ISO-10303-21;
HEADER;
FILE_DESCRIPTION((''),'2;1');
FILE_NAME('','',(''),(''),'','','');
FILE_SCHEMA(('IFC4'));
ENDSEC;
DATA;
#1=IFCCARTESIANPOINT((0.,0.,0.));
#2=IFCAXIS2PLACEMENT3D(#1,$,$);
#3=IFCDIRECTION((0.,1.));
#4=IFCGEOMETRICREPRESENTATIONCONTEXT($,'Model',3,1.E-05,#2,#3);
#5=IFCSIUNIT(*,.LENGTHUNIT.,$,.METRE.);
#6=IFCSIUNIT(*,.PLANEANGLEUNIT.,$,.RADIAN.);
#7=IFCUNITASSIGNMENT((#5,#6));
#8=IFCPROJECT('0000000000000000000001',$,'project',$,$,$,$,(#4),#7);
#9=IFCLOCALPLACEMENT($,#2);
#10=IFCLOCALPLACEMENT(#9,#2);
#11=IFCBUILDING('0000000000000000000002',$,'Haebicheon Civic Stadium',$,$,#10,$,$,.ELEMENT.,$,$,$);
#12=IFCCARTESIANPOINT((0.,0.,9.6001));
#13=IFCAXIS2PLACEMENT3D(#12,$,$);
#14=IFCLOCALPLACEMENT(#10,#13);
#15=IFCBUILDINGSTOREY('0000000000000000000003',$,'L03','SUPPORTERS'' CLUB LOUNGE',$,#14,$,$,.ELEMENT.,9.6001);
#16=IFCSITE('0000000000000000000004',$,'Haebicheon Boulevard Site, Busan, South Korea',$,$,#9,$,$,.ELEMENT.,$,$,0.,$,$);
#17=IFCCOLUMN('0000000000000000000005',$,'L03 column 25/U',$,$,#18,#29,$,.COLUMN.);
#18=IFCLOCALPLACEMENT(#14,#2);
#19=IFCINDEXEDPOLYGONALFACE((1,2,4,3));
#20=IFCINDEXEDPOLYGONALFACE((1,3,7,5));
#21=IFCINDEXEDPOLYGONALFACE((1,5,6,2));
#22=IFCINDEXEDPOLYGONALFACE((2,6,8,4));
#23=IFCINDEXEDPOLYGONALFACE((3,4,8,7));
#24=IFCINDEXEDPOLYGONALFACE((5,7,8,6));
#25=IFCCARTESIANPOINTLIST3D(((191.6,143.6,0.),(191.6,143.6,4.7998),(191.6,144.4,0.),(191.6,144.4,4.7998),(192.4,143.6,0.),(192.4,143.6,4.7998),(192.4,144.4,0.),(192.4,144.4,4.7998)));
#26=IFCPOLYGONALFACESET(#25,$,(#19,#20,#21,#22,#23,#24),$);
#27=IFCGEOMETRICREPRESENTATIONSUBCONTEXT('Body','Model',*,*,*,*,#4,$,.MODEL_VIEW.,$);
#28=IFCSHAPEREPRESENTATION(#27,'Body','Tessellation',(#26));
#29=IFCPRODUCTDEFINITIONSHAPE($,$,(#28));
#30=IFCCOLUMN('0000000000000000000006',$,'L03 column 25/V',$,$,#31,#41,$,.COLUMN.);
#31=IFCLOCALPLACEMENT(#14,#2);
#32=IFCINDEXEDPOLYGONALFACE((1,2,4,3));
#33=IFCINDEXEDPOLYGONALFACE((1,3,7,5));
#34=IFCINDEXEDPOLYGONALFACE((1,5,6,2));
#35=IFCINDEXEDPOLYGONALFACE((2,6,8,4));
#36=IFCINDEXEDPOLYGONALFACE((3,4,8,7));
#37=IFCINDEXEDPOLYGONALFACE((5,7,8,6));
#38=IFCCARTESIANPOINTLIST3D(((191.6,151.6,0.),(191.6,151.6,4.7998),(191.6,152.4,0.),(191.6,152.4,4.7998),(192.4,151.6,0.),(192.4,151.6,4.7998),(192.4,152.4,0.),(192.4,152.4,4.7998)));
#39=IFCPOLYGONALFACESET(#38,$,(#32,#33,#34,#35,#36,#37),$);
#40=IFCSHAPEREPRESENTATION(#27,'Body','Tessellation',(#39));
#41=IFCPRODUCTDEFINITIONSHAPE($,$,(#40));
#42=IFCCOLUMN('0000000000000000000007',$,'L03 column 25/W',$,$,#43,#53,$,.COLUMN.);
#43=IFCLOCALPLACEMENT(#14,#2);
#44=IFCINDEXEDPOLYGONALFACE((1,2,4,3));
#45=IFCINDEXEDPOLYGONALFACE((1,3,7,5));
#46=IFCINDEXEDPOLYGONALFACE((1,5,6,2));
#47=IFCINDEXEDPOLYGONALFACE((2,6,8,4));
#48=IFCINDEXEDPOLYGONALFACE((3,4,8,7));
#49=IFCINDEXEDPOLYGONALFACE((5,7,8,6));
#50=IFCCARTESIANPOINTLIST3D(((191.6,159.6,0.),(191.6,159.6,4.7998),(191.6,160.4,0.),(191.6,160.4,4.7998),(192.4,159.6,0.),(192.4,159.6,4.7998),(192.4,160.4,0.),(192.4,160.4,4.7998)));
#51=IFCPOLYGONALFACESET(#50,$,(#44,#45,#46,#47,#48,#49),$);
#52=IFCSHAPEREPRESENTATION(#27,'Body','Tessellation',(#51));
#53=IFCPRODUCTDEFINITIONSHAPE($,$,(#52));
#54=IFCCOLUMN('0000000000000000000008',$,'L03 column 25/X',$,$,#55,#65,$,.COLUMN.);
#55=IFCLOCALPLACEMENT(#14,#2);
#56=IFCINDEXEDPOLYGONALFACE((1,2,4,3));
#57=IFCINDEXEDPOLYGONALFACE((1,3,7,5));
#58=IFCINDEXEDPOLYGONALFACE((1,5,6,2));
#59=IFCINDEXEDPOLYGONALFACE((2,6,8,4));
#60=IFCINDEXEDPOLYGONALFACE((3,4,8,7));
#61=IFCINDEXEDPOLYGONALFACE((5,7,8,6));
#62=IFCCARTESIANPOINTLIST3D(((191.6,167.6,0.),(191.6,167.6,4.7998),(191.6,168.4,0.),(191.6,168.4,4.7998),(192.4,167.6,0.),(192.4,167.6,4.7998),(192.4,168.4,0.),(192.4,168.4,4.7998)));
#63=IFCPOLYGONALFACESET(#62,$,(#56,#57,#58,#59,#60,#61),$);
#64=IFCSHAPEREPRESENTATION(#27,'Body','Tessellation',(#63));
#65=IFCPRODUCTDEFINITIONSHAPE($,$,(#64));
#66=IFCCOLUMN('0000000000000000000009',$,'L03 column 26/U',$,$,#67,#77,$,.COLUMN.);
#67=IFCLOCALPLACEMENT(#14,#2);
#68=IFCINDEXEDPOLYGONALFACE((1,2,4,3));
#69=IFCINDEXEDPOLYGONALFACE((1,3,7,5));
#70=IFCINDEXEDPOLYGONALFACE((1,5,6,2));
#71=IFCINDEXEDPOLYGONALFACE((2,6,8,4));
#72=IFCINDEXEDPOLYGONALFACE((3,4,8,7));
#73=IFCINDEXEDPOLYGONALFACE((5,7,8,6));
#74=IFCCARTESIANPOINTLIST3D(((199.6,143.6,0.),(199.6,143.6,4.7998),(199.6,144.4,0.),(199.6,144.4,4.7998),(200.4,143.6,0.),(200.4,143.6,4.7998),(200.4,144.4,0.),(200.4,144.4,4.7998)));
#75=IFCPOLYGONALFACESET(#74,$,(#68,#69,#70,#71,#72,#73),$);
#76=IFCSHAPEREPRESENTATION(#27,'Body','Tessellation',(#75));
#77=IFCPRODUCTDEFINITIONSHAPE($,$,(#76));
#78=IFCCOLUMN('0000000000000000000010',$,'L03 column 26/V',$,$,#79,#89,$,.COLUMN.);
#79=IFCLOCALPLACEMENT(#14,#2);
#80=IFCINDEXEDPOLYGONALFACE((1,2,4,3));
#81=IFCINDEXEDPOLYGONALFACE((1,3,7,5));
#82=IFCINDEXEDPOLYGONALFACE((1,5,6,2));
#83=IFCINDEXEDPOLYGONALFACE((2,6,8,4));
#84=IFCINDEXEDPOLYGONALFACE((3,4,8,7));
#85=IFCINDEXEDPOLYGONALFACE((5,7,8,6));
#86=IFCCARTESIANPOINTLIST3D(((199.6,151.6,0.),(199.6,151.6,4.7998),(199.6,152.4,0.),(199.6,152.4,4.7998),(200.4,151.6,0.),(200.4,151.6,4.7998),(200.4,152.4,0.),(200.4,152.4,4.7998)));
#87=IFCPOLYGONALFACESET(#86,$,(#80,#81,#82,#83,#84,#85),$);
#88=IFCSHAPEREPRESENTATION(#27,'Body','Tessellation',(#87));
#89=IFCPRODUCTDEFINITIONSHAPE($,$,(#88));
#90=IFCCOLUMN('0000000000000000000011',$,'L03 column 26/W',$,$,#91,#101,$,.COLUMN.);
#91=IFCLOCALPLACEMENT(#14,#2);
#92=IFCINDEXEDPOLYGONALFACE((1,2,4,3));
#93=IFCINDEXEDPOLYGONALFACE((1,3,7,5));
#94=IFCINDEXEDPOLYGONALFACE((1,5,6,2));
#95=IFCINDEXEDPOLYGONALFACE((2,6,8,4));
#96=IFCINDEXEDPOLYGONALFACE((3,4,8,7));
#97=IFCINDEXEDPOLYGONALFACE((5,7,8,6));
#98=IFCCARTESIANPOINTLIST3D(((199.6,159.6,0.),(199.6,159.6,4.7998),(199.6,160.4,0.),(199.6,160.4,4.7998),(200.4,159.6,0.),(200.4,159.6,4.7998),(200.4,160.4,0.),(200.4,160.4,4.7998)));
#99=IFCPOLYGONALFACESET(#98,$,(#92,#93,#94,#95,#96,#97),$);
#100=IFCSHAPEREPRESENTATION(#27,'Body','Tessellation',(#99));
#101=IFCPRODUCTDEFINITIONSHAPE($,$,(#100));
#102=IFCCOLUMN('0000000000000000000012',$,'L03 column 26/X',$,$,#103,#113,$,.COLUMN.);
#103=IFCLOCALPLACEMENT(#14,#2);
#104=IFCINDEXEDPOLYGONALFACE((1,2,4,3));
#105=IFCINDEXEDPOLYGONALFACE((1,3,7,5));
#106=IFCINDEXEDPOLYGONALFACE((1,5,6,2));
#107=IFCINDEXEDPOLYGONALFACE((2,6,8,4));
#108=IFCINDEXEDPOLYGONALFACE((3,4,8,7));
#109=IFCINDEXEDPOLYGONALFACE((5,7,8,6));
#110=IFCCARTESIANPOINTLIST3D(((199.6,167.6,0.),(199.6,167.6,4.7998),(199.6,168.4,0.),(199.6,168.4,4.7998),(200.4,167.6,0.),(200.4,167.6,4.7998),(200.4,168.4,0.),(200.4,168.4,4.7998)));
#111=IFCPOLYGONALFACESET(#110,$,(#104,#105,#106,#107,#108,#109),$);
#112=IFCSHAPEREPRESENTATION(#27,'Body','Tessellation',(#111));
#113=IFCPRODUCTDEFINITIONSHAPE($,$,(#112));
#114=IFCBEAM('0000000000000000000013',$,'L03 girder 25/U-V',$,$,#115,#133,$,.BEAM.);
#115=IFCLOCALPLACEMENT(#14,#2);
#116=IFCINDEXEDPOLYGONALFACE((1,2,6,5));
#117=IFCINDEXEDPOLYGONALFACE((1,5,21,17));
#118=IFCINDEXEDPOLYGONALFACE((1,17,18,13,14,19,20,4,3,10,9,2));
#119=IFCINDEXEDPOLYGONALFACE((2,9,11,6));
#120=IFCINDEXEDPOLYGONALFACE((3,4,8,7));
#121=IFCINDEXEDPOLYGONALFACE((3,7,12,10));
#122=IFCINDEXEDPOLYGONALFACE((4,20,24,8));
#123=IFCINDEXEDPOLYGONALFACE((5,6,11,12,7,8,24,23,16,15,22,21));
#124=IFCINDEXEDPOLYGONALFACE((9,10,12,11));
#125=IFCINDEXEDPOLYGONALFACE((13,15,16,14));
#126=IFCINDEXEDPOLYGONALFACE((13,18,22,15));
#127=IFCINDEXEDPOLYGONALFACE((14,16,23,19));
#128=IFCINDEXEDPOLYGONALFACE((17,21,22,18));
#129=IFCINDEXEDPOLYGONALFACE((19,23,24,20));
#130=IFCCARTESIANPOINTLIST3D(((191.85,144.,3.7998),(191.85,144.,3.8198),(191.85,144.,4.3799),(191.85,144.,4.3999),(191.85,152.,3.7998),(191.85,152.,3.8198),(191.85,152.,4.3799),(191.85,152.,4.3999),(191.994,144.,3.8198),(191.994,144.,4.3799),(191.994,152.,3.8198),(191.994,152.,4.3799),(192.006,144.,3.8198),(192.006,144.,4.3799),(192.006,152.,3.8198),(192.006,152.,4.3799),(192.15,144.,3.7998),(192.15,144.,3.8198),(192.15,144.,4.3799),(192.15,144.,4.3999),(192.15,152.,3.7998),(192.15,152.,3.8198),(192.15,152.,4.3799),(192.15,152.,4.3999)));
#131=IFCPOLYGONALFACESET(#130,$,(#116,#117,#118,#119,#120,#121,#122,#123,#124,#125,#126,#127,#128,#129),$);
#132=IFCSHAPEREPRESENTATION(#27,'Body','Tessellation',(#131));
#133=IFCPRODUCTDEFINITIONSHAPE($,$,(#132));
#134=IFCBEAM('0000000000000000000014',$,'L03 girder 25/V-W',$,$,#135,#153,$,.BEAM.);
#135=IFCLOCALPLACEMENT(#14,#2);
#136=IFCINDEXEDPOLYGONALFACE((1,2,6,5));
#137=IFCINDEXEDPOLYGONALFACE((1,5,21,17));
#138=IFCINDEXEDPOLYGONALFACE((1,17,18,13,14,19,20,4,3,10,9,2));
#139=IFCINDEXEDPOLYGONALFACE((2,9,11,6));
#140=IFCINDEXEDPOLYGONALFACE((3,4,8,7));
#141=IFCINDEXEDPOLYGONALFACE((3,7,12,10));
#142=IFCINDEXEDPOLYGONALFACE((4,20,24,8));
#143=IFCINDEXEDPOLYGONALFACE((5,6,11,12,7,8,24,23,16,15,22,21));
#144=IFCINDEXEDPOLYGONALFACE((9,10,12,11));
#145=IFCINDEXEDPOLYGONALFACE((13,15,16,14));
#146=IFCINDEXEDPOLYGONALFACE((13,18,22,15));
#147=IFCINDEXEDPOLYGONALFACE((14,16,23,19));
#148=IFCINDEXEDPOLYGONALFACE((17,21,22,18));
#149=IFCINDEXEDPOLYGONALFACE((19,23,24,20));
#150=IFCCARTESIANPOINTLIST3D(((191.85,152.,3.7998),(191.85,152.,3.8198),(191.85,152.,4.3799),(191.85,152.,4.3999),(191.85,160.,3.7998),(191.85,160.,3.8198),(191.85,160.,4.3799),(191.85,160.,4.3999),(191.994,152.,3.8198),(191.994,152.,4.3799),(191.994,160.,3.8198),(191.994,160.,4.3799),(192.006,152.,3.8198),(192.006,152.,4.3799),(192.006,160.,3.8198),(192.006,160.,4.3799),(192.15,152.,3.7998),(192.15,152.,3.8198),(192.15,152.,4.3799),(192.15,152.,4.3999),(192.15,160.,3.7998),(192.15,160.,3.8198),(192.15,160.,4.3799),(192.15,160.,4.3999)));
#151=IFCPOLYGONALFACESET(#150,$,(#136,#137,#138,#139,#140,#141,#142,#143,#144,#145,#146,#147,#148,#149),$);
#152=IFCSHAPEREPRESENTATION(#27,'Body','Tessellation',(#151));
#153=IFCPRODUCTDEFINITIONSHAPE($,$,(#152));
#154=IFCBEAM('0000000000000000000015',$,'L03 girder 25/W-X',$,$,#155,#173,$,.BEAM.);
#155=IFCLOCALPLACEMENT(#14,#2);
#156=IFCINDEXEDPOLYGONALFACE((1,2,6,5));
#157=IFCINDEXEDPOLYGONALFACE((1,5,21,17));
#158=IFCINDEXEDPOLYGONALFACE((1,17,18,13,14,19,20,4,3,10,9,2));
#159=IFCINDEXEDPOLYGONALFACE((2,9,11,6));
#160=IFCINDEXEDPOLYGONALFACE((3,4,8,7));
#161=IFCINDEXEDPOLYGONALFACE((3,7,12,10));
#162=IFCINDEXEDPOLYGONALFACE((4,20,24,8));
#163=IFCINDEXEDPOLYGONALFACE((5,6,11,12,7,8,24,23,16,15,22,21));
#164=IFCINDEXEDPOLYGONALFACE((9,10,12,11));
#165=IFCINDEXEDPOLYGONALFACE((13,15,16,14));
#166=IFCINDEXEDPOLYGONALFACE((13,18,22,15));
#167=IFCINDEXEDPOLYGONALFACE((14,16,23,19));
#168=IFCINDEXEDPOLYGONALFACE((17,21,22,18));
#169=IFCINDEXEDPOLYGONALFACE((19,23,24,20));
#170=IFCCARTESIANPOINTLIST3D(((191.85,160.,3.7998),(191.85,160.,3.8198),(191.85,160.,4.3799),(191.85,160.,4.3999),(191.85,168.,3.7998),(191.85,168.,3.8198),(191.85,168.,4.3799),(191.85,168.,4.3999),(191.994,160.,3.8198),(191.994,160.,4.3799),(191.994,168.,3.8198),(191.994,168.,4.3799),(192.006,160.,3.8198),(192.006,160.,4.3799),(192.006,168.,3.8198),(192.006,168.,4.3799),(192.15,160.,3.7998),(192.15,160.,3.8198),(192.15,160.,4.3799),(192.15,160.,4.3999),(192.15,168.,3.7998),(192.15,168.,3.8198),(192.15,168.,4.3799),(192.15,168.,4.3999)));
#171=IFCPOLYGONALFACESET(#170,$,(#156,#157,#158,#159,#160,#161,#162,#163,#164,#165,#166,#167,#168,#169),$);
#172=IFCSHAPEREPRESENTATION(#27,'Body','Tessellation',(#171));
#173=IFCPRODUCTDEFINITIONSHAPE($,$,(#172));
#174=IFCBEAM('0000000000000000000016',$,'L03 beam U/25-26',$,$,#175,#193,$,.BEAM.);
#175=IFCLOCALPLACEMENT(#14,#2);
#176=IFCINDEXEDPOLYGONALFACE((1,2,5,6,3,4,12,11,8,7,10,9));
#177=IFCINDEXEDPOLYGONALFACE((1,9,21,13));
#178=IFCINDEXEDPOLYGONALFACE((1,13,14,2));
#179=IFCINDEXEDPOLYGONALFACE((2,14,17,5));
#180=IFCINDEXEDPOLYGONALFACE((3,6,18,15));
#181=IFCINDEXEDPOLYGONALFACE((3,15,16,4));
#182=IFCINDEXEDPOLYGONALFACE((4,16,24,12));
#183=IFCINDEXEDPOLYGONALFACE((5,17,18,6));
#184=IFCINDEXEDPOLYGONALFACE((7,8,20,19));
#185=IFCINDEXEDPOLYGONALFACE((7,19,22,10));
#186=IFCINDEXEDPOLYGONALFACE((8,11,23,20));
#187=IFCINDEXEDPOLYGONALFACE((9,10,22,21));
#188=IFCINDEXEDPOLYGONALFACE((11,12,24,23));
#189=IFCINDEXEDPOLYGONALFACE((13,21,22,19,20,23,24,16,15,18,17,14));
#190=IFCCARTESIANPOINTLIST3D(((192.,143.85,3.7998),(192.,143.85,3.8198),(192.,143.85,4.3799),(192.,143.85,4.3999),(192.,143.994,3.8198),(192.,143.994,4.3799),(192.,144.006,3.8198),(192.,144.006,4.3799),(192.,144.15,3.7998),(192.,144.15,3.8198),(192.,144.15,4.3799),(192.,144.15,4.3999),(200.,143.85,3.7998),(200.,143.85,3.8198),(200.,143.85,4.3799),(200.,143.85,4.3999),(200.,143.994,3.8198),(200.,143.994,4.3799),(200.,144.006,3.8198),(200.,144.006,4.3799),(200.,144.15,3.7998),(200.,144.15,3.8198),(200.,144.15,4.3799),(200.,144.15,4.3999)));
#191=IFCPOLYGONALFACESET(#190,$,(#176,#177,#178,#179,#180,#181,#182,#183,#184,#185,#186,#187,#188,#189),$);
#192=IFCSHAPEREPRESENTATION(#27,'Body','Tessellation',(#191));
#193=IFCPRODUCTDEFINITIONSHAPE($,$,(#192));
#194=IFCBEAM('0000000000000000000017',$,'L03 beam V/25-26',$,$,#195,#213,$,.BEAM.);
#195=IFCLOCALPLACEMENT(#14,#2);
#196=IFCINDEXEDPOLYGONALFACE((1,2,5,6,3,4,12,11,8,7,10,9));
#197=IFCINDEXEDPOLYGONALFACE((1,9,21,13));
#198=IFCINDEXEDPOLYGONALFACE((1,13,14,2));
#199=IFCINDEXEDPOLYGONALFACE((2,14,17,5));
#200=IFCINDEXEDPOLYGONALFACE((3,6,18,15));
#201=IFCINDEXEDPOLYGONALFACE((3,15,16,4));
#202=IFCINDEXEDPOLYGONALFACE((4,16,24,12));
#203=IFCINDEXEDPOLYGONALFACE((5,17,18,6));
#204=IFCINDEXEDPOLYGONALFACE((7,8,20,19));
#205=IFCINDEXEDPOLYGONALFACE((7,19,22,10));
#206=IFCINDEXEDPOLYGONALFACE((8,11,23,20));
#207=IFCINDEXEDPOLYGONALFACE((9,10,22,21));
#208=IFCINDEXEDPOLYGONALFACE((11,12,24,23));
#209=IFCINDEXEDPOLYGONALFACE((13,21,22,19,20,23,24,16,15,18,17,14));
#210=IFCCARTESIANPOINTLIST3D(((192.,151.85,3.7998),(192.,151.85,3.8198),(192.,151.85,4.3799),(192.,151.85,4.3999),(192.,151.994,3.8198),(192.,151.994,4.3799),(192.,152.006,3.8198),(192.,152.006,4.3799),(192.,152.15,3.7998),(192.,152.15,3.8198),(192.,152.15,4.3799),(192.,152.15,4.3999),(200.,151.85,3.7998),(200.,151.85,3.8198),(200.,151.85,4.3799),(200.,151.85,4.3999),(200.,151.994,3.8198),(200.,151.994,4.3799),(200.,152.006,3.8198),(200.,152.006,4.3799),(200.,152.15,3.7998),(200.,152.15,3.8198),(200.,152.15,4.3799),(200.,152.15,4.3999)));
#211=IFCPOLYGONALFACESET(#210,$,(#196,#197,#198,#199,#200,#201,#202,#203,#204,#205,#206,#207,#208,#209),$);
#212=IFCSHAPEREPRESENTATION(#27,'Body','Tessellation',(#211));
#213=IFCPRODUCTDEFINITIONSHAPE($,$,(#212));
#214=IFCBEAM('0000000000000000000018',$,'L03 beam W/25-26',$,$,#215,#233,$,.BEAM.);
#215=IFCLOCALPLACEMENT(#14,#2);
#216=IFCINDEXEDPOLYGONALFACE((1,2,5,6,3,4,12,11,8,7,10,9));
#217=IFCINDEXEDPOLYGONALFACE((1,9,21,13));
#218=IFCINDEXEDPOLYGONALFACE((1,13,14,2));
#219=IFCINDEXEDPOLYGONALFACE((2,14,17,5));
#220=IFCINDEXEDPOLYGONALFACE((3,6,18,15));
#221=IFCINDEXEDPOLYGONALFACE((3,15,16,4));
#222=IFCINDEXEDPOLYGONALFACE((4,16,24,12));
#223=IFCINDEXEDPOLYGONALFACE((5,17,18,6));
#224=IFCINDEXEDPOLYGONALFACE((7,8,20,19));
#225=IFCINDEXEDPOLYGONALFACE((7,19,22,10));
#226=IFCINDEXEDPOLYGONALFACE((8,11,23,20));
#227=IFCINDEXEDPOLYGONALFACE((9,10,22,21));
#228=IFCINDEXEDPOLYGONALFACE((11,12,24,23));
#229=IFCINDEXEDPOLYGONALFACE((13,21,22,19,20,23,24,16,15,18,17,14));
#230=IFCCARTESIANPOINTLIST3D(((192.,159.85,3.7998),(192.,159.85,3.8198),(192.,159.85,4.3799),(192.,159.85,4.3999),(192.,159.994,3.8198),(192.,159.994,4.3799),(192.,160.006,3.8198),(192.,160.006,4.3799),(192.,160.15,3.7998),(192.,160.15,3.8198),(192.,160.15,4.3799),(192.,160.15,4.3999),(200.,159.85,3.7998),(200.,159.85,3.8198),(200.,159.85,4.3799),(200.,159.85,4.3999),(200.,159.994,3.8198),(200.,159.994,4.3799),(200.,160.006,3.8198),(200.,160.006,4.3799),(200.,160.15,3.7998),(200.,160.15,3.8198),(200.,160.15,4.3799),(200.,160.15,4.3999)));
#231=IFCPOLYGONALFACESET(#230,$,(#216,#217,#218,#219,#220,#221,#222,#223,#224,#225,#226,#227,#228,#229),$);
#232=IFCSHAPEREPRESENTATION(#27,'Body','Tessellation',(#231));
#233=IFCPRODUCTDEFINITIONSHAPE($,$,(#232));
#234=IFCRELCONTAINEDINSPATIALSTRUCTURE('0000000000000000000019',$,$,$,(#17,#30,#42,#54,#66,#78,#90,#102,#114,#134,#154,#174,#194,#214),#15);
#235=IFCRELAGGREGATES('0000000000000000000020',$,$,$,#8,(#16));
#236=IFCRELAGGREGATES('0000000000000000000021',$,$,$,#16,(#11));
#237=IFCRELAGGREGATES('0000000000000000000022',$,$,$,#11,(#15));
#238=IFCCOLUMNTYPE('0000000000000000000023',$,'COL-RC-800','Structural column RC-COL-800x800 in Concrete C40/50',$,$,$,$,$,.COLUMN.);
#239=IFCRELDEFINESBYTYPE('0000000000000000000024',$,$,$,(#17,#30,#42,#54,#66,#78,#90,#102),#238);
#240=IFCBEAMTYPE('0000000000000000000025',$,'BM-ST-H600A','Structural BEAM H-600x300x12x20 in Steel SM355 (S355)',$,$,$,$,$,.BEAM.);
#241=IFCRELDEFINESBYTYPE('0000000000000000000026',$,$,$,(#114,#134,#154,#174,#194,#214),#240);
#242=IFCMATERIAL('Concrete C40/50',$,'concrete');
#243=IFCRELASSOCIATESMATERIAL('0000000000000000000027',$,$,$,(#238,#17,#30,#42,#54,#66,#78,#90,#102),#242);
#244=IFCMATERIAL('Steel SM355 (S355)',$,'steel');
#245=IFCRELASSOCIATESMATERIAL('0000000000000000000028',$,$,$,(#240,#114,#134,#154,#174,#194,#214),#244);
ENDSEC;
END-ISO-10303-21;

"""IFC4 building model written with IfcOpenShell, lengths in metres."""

from ifc_helpers import new_model, si_unit, direction, frame, origin, origin_2d, place, context, subcontext, project, spatial, rectangle, i_section, extrude, material, material_profile, profile_set, type_object, element, save


model = new_model("IFC4")

# Units and contexts
model_context = context("Model", 3, precision=1e-05, world=origin(), true_north=direction((0.0, 1.0)))
body_context = subcontext(model_context, "Body", "Model", "MODEL_VIEW")
ifc_project = project(units=[si_unit("LENGTHUNIT", "METRE"), si_unit("PLANEANGLEUNIT", "RADIAN")], contexts=[model_context])

# Site, building, storey
site_placement = place(None, origin())
site = spatial("IfcSite", under=ifc_project, at=site_placement, Name="Haebicheon Boulevard Site, Busan, South Korea", CompositionType="ELEMENT", RefElevation=0.0)
building_placement = place(site_placement, origin())
building = spatial("IfcBuilding", under=site, at=building_placement, Name="Haebicheon Civic Stadium", CompositionType="ELEMENT")
storey_placement = place(building_placement, frame((0.0, 0.0, 9.6001)))
storey = spatial("IfcBuildingStorey", under=building, at=storey_placement, Name="L03", Description="SUPPORTERS' CLUB LOUNGE", CompositionType="ELEMENT", Elevation=9.6001)

# Columns
ifc_material_1 = material(Name="Concrete C40/50", Category="concrete")
ifc_material_profile_1 = material_profile(ifc_material_1, rectangle(XDim=0.8, YDim=0.8, at=origin_2d()), Name="RC-COL-800x800")
ifc_profile_set_1 = profile_set([ifc_material_profile_1], Name="Concrete C40/50")
column_type = type_object("IfcColumnType", Name="COL-RC-800", Description="Structural column RC-COL-800x800 in Concrete C40/50", PredefinedType="COLUMN", material=ifc_profile_set_1)
for number, where, z_axis, x_axis, name in (
    (1, (192.0, 144.0, 0.0), (0.0, 0.0, 1.0), (1.0, 0.0, 0.0), "L03 column 25/U"),
    (2, (192.0, 152.0, 0.0), (0.0, 0.0, 1.0), (1.0, 0.0, 0.0), "L03 column 25/V"),
    (3, (192.0, 160.0, 0.0), (0.0, 0.0, 1.0), (1.0, 0.0, 0.0), "L03 column 25/W"),
    (4, (192.0, 168.0, 0.0), (0.0, 0.0, 1.0), (1.0, 0.0, 0.0), "L03 column 25/X"),
    (5, (200.0, 144.0, 0.0), (0.0, 0.0, 1.0), (1.0, 0.0, 0.0), "L03 column 26/U"),
    (6, (200.0, 152.0, 0.0), (0.0, 0.0, 1.0), (1.0, 0.0, 0.0), "L03 column 26/V"),
    (7, (200.0, 160.0, 0.0), (0.0, 0.0, 1.0), (1.0, 0.0, 0.0), "L03 column 26/W"),
    (8, (200.0, 168.0, 0.0), (0.0, 0.0, 1.0), (1.0, 0.0, 0.0), "L03 column 26/X"),
):
    element("IfcColumn", number, at=place(storey_placement, frame(where, z_axis=z_axis, x_axis=x_axis)), inside=storey, type_object=column_type, material=ifc_profile_set_1, Name=name, PredefinedType="COLUMN", context=body_context, shape_type="SweptSolid", body=[
        extrude(rectangle(XDim=0.8, YDim=0.8, at=origin_2d()), origin(), (0.0, 0.0, 1.0), 4.7998),
    ])

# Beams
ifc_material_2 = material(Name="Steel SM355 (S355)", Category="steel")
ifc_material_profile_2 = material_profile(ifc_material_2, i_section(OverallWidth=0.3, OverallDepth=0.6001, WebThickness=0.012, FlangeThickness=0.02, at=origin_2d()), Name="H-600x300x12x20")
ifc_profile_set_2 = profile_set([ifc_material_profile_2], Name="Steel SM355 (S355)")
beam_type_1 = type_object("IfcBeamType", Name="BM-ST-H600A", Description="Structural BEAM H-600x300x12x20 in Steel SM355 (S355)", PredefinedType="BEAM", material=ifc_profile_set_2)
for number, where, z_axis, x_axis, name in (
    (9, (192.0, 144.0, 4.0999), (0.0, 1.0, 0.0), (-1.0, 0.0, 0.0), "L03 girder 25/U-V"),
    (10, (192.0, 152.0, 4.0999), (0.0, 1.0, 0.0), (-1.0, 0.0, 0.0), "L03 girder 25/V-W"),
    (11, (192.0, 160.0, 4.0999), (0.0, 1.0, 0.0), (-1.0, 0.0, 0.0), "L03 girder 25/W-X"),
    (12, (192.0, 144.0, 4.0999), (1.0, 0.0, 0.0), (0.0, 1.0, 0.0), "L03 beam U/25-26"),
    (13, (192.0, 152.0, 4.0999), (1.0, 0.0, 0.0), (0.0, 1.0, 0.0), "L03 beam V/25-26"),
    (14, (192.0, 160.0, 4.0999), (1.0, 0.0, 0.0), (0.0, 1.0, 0.0), "L03 beam W/25-26"),
):
    element("IfcBeam", number, at=place(storey_placement, frame(where, z_axis=z_axis, x_axis=x_axis)), inside=storey, type_object=beam_type_1, material=ifc_profile_set_2, Name=name, PredefinedType="BEAM", context=body_context, shape_type="SweptSolid", body=[
        extrude(i_section(OverallWidth=0.3, OverallDepth=0.6001, WebThickness=0.012, FlangeThickness=0.02, at=origin_2d()), origin(), (0.0, 0.0, 1.0), 8.0),
    ])

save(model, "model.ifc")
